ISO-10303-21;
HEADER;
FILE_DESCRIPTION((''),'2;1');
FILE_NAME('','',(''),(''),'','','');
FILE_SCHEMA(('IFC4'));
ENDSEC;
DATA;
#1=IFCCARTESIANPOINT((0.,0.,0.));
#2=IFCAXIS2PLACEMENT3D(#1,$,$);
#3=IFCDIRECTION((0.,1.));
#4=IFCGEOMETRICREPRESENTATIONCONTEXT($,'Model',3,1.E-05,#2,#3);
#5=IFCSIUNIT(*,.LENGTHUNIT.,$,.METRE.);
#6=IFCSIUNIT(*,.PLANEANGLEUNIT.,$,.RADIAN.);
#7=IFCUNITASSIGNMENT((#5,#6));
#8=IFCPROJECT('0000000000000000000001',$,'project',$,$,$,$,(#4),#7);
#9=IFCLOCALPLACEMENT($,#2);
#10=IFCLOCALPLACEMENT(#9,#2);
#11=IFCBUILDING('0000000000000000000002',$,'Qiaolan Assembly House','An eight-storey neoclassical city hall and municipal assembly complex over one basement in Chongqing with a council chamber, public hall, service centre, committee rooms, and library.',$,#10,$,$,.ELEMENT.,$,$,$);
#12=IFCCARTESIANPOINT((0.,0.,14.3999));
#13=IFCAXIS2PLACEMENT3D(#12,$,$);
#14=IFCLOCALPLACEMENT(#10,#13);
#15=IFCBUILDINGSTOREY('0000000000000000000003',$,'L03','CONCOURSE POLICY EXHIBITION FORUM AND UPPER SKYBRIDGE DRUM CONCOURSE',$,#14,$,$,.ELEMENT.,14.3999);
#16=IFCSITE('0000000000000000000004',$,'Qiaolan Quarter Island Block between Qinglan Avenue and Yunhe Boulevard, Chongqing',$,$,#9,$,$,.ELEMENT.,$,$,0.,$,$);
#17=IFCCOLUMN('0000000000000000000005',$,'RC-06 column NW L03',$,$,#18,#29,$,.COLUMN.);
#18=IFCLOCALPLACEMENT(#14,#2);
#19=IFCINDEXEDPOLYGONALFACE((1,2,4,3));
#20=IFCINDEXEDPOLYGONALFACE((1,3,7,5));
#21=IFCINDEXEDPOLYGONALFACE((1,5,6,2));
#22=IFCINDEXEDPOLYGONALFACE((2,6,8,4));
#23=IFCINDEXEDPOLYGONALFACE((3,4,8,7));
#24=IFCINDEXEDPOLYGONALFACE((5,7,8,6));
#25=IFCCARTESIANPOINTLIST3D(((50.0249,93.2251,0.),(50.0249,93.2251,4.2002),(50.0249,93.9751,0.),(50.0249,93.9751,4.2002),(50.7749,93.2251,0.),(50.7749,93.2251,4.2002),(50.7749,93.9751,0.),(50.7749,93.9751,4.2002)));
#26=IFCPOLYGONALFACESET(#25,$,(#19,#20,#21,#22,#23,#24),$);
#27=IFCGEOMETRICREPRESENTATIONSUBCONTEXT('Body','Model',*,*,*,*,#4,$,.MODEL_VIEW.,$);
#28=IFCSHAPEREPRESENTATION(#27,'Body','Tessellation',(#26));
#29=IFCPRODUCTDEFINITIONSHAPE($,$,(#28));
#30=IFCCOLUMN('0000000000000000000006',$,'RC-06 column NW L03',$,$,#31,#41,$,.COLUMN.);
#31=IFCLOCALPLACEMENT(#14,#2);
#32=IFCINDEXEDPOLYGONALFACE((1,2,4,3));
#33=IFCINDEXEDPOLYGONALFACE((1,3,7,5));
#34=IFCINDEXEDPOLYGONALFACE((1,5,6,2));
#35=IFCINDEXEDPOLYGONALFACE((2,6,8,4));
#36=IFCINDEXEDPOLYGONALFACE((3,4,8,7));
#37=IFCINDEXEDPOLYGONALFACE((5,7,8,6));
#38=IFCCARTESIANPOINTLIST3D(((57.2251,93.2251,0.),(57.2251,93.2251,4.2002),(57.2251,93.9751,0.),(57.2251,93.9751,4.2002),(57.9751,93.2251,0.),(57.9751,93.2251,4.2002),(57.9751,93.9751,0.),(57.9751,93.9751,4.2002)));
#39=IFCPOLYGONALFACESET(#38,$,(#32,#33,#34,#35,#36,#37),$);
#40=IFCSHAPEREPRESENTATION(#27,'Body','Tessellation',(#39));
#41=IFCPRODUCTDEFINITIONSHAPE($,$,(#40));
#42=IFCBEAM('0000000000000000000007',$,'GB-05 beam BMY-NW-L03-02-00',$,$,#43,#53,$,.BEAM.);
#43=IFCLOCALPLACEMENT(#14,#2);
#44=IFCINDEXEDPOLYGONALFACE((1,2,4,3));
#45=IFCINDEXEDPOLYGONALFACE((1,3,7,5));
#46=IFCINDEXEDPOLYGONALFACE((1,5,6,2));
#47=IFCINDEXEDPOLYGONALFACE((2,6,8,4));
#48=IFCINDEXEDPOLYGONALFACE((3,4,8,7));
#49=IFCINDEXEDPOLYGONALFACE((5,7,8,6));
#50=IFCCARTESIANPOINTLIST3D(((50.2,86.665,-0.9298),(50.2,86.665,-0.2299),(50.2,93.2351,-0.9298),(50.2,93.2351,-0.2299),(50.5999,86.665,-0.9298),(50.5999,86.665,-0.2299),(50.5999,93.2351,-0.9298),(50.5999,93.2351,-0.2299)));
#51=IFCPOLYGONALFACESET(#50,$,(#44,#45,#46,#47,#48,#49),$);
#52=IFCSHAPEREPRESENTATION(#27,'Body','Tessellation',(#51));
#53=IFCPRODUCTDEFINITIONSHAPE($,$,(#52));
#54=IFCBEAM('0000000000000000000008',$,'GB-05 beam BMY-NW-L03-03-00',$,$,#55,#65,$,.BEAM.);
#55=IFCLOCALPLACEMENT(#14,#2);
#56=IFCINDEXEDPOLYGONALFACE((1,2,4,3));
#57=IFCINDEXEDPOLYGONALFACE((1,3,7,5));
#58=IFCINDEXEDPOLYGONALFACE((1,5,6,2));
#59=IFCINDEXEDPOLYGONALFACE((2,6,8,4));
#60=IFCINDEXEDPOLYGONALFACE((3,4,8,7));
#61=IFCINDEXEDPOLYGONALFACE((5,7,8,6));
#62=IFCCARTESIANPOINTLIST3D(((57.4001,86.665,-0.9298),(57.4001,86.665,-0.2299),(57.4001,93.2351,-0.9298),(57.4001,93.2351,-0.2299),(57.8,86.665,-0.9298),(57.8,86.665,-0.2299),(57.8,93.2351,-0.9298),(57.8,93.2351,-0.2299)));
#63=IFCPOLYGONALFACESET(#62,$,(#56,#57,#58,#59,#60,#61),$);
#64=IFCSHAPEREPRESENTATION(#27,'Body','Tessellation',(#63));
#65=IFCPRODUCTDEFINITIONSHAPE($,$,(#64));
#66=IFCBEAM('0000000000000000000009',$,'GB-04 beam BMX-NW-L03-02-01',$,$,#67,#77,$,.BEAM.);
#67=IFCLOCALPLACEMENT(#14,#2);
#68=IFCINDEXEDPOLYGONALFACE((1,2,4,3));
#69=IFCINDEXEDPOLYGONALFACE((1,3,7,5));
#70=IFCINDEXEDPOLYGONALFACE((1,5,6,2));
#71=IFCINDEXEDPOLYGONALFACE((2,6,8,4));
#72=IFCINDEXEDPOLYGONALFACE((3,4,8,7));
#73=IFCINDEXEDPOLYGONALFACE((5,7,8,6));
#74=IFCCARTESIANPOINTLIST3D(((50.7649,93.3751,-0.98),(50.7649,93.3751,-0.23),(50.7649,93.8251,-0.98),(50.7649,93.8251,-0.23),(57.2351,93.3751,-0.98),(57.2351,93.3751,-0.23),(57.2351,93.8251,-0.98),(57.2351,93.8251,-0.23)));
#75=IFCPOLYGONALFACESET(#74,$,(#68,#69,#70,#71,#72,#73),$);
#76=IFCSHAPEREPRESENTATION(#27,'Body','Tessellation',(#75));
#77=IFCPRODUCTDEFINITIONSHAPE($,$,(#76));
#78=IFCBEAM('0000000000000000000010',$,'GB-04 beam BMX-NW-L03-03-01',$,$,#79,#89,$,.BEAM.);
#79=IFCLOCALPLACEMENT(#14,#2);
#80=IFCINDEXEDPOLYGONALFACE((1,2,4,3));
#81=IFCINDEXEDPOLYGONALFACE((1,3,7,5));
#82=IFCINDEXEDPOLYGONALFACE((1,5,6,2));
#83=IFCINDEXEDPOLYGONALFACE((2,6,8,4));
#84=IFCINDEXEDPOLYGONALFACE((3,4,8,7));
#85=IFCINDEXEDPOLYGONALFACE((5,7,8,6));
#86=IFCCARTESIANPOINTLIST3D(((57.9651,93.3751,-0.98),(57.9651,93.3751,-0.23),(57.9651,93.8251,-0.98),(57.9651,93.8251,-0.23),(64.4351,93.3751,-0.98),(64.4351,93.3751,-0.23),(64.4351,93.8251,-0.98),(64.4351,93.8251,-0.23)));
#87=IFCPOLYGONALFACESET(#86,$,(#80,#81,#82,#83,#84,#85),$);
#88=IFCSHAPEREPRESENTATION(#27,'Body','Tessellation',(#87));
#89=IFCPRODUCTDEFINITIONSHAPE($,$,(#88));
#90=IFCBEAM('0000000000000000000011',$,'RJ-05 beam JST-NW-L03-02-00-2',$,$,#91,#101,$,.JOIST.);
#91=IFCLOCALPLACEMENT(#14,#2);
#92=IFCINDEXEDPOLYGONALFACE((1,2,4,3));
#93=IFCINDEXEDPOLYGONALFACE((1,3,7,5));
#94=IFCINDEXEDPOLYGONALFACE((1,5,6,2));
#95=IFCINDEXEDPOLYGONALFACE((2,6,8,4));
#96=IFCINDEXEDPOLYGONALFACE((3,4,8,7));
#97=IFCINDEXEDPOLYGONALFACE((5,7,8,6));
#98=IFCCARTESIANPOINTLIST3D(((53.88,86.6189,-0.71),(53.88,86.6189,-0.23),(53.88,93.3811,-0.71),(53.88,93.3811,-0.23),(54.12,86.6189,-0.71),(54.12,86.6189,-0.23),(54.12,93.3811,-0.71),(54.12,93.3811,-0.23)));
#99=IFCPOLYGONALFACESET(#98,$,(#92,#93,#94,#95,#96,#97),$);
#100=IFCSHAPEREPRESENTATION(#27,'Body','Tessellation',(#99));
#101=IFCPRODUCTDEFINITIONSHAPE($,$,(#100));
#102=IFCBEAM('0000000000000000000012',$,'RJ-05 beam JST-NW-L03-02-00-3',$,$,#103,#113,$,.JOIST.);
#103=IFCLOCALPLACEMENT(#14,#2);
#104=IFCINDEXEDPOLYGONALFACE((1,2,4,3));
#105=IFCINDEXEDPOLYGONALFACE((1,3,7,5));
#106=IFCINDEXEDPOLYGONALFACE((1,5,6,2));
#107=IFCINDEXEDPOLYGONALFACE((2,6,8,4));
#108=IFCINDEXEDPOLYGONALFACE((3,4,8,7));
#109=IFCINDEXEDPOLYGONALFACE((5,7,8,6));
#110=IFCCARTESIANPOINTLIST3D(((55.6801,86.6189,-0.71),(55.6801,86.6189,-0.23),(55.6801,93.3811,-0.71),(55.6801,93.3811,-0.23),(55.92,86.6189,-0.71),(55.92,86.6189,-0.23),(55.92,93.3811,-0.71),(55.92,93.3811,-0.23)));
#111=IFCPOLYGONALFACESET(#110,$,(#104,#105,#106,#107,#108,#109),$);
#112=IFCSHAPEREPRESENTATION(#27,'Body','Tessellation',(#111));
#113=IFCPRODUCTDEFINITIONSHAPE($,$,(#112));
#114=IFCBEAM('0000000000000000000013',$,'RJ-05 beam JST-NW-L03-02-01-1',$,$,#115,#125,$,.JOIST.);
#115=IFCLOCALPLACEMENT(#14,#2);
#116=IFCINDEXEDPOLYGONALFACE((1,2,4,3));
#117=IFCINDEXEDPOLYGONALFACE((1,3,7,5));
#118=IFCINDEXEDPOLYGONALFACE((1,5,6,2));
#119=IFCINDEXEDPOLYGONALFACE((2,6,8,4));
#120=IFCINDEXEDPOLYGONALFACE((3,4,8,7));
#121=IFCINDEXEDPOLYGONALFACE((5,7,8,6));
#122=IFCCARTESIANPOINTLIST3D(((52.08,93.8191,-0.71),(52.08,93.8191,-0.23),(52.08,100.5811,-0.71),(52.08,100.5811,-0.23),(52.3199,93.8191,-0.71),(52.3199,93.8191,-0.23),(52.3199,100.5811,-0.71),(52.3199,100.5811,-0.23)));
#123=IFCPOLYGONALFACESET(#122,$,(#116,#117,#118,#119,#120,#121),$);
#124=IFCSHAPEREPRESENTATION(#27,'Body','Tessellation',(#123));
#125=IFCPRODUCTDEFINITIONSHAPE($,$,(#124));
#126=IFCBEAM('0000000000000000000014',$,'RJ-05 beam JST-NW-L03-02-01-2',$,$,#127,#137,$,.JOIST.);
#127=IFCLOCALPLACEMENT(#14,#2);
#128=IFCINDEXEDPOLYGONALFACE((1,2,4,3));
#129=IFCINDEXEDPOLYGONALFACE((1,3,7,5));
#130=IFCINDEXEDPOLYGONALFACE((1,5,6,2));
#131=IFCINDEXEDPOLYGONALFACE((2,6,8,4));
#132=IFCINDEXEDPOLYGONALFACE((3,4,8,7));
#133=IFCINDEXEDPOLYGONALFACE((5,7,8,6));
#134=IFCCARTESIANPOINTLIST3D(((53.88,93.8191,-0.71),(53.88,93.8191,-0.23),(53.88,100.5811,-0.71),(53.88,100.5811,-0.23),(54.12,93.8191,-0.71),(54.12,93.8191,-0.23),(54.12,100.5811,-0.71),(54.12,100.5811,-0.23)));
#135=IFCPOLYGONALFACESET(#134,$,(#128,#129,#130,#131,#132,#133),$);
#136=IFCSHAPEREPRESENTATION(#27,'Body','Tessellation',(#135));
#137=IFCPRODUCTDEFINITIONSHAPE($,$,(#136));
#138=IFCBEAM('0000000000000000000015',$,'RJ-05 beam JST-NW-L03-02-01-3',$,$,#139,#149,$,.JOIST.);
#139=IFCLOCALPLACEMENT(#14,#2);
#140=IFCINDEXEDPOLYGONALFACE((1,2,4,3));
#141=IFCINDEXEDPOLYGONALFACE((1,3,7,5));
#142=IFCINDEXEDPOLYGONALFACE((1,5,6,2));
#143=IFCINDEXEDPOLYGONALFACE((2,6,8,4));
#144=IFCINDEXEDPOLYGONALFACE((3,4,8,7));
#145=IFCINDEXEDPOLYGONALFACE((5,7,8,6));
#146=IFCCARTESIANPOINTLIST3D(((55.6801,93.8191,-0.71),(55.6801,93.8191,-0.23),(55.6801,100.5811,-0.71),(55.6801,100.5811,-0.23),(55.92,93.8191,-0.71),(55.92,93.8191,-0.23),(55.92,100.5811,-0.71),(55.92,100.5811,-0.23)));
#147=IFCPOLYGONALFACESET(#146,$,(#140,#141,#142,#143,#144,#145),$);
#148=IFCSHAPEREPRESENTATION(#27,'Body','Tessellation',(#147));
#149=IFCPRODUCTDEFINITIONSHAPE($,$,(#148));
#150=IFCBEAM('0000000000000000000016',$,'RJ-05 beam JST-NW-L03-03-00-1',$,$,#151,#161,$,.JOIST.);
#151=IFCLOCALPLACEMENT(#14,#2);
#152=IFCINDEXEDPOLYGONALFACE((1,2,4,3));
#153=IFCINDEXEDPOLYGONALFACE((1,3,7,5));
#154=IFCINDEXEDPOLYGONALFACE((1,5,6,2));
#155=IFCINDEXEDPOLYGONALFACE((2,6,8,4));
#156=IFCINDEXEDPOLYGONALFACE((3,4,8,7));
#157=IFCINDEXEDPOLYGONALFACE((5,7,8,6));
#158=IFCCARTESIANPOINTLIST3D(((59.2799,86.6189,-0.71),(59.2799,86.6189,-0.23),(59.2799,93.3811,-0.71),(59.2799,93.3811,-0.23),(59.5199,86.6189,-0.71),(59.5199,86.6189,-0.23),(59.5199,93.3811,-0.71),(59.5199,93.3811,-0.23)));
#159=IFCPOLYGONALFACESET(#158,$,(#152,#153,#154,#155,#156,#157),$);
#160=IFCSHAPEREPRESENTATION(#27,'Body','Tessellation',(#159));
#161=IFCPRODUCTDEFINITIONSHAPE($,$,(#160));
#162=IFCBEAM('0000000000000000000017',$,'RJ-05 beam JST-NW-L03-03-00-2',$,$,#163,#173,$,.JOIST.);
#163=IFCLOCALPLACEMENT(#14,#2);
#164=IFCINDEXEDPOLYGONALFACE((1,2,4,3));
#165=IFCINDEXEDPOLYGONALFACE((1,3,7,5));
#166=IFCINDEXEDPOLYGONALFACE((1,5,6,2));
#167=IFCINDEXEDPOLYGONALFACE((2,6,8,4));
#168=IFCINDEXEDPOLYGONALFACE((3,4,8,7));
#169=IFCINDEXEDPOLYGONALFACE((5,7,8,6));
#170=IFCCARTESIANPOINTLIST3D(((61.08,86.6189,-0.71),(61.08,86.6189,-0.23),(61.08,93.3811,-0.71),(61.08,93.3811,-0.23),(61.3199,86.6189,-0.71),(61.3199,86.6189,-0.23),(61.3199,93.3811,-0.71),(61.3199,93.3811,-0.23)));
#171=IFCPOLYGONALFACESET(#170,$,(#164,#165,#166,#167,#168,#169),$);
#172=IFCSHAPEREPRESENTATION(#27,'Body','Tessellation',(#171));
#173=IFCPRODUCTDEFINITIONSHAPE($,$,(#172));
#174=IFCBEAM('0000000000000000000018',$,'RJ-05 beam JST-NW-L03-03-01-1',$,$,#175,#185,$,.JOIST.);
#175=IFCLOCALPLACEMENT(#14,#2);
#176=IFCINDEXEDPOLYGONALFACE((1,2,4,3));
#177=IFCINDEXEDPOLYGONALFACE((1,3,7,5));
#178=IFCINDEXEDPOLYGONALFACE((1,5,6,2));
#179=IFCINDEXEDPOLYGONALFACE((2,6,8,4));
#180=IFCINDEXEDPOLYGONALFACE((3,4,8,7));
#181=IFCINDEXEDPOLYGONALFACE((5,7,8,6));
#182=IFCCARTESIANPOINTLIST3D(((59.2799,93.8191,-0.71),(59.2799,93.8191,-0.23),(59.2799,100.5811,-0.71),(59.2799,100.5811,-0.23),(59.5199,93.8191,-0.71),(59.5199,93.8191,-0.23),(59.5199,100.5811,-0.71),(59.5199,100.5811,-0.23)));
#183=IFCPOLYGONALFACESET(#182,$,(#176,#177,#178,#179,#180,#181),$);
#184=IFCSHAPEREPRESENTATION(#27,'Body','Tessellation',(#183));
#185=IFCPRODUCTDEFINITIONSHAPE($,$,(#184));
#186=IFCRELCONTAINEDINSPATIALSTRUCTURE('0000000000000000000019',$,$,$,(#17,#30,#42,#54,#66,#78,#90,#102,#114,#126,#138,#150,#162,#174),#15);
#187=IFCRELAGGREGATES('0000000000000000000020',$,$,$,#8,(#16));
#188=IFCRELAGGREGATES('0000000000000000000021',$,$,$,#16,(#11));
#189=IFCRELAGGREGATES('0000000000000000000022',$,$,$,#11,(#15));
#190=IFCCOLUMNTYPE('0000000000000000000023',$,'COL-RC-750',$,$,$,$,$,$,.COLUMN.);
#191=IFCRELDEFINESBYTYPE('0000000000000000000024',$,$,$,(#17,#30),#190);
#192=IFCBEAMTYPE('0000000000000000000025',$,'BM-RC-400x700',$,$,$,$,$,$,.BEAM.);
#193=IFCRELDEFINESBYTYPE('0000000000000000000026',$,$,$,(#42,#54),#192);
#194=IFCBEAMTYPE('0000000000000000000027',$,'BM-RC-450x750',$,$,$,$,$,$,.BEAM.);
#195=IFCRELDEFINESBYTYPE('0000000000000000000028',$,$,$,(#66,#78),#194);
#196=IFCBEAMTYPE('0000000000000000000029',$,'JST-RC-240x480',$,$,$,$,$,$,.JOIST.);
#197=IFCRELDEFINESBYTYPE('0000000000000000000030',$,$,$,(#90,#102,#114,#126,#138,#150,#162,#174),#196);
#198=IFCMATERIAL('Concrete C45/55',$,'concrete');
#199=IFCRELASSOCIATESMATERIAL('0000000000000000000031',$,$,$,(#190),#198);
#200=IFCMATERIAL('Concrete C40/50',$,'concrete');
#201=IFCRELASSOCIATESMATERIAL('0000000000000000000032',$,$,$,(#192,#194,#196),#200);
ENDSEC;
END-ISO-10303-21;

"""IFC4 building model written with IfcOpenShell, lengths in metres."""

from ifc_helpers import new_model, si_unit, direction, frame, origin, origin_2d, place, context, subcontext, project, spatial, rectangle, extrude, material, material_profile, profile_set, type_object, element, save


model = new_model("IFC4")

# Units and contexts
model_context = context("Model", 3, precision=1e-05, world=origin(), true_north=direction((0.0, 1.0)))
body_context = subcontext(model_context, "Body", "Model", "MODEL_VIEW")
ifc_project = project(units=[si_unit("LENGTHUNIT", "METRE"), si_unit("PLANEANGLEUNIT", "RADIAN")], contexts=[model_context])

# Site, building, storey
site_placement = place(None, origin())
site = spatial("IfcSite", under=ifc_project, at=site_placement, Name="Qiaolan Quarter Island Block between Qinglan Avenue and Yunhe Boulevard, Chongqing", CompositionType="ELEMENT", RefElevation=0.0)
building_placement = place(site_placement, origin())
building = spatial("IfcBuilding", under=site, at=building_placement, Name="Qiaolan Assembly House", Description="An eight-storey neoclassical city hall and municipal assembly complex over one basement in Chongqing with a council chamber, public hall, service centre, committee rooms, and library.", CompositionType="ELEMENT")
storey_placement = place(building_placement, frame((0.0, 0.0, 14.3999)))
storey = spatial("IfcBuildingStorey", under=building, at=storey_placement, Name="L03", Description="CONCOURSE POLICY EXHIBITION FORUM AND UPPER SKYBRIDGE DRUM CONCOURSE", CompositionType="ELEMENT", Elevation=14.3999)

# Columns
ifc_material_1 = material(Name="Concrete C45/55", Category="concrete")
ifc_material_profile_1 = material_profile(ifc_material_1, rectangle(XDim=0.75, YDim=0.75, at=origin_2d()), Name="RC 750x750")
ifc_profile_set_1 = profile_set([ifc_material_profile_1], Name="Concrete C45/55")
column_type = type_object("IfcColumnType", Name="COL-RC-750", PredefinedType="COLUMN", material=ifc_profile_set_1)
for number, where, z_axis, x_axis, name in (
    (1, (50.3999, 93.6001, 0.0), (0.0, 0.0, 1.0), (1.0, 0.0, 0.0), "RC-06 column NW L03"),
    (2, (57.6001, 93.6001, 0.0), (0.0, 0.0, 1.0), (1.0, 0.0, 0.0), "RC-06 column NW L03"),
):
    element("IfcColumn", number, at=place(storey_placement, frame(where, z_axis=z_axis, x_axis=x_axis)), inside=storey, type_object=column_type, Name=name, PredefinedType="COLUMN", context=body_context, shape_type="SweptSolid", body=[
        extrude(rectangle(XDim=0.75, YDim=0.75, at=origin_2d()), origin(), (0.0, 0.0, 1.0), 4.2002),
    ])

# Beams
ifc_material_2 = material(Name="Concrete C40/50", Category="concrete")
ifc_material_profile_2 = material_profile(ifc_material_2, rectangle(XDim=0.3999, YDim=0.7, at=origin_2d()), Name="RCB 400x700")
ifc_profile_set_2 = profile_set([ifc_material_profile_2], Name="Concrete C40/50")
beam_type_1 = type_object("IfcBeamType", Name="BM-RC-400x700", PredefinedType="BEAM", material=ifc_profile_set_2)
for number, where, z_axis, x_axis, name in (
    (3, (50.3999, 86.665, -0.5798), (0.0, 1.0, 0.0), (-1.0, 0.0, 0.0), "GB-05 beam BMY-NW-L03-02-00"),
    (4, (57.6001, 86.665, -0.5798), (0.0, 1.0, 0.0), (-1.0, 0.0, 0.0), "GB-05 beam BMY-NW-L03-03-00"),
):
    element("IfcBeam", number, at=place(storey_placement, frame(where, z_axis=z_axis, x_axis=x_axis)), inside=storey, type_object=beam_type_1, Name=name, PredefinedType="BEAM", context=body_context, shape_type="SweptSolid", body=[
        extrude(rectangle(XDim=0.3999, YDim=0.7, at=origin_2d()), origin(), (0.0, 0.0, 1.0), 6.5701),
    ])
ifc_material_profile_3 = material_profile(ifc_material_2, rectangle(XDim=0.45, YDim=0.75, at=origin_2d()), Name="RCB 450x750")
ifc_profile_set_3 = profile_set([ifc_material_profile_3], Name="Concrete C40/50")
beam_type_2 = type_object("IfcBeamType", Name="BM-RC-450x750", PredefinedType="BEAM", material=ifc_profile_set_3)
beam_1_placement = place(storey_placement, frame((50.7649, 93.6001, -0.605), z_axis=(1.0, 0.0, 0.0), x_axis=(0.0, 1.0, 0.0)))
element("IfcBeam", 5, at=beam_1_placement, inside=storey, type_object=beam_type_2, Name="GB-04 beam BMX-NW-L03-02-01", PredefinedType="BEAM", context=body_context, shape_type="SweptSolid", body=[
    extrude(rectangle(XDim=0.45, YDim=0.75, at=origin_2d()), origin(), (0.0, 0.0, 1.0), 6.4702),
])
beam_2_placement = place(storey_placement, frame((57.9651, 93.6001, -0.605), z_axis=(1.0, 0.0, 0.0), x_axis=(0.0, 1.0, 0.0)))
element("IfcBeam", 6, at=beam_2_placement, inside=storey, type_object=beam_type_2, Name="GB-04 beam BMX-NW-L03-03-01", PredefinedType="BEAM", context=body_context, shape_type="SweptSolid", body=[
    extrude(rectangle(XDim=0.45, YDim=0.75, at=origin_2d()), origin(), (0.0, 0.0, 1.0), 6.47),
])
ifc_material_profile_4 = material_profile(ifc_material_2, rectangle(XDim=0.24, YDim=0.48, at=origin_2d()), Name="RCB 240x480")
ifc_profile_set_4 = profile_set([ifc_material_profile_4], Name="Concrete C40/50")
beam_type_3 = type_object("IfcBeamType", Name="JST-RC-240x480", PredefinedType="JOIST", material=ifc_profile_set_4)
for number, where, z_axis, x_axis, name in (
    (7, (54.0, 86.6189, -0.47), (0.0, 1.0, 0.0), (-1.0, 0.0, 0.0), "RJ-05 beam JST-NW-L03-02-00-2"),
    (8, (55.8, 86.6189, -0.47), (0.0, 1.0, 0.0), (-1.0, 0.0, 0.0), "RJ-05 beam JST-NW-L03-02-00-3"),
):
    element("IfcBeam", number, at=place(storey_placement, frame(where, z_axis=z_axis, x_axis=x_axis)), inside=storey, type_object=beam_type_3, Name=name, PredefinedType="JOIST", context=body_context, shape_type="SweptSolid", body=[
        extrude(rectangle(XDim=0.24, YDim=0.48, at=origin_2d()), origin(), (0.0, 0.0, 1.0), 6.7622),
    ])
for number, where, z_axis, x_axis, name in (
    (9, (52.2, 93.8191, -0.47), (0.0, 1.0, 0.0), (-1.0, 0.0, 0.0), "RJ-05 beam JST-NW-L03-02-01-1"),
    (10, (54.0, 93.8191, -0.47), (0.0, 1.0, 0.0), (-1.0, 0.0, 0.0), "RJ-05 beam JST-NW-L03-02-01-2"),
    (11, (55.8, 93.8191, -0.47), (0.0, 1.0, 0.0), (-1.0, 0.0, 0.0), "RJ-05 beam JST-NW-L03-02-01-3"),
):
    element("IfcBeam", number, at=place(storey_placement, frame(where, z_axis=z_axis, x_axis=x_axis)), inside=storey, type_object=beam_type_3, Name=name, PredefinedType="JOIST", context=body_context, shape_type="SweptSolid", body=[
        extrude(rectangle(XDim=0.24, YDim=0.48, at=origin_2d()), origin(), (0.0, 0.0, 1.0), 6.762),
    ])
for number, where, z_axis, x_axis, name in (
    (12, (59.3999, 86.6189, -0.47), (0.0, 1.0, 0.0), (-1.0, 0.0, 0.0), "RJ-05 beam JST-NW-L03-03-00-1"),
    (13, (61.2, 86.6189, -0.47), (0.0, 1.0, 0.0), (-1.0, 0.0, 0.0), "RJ-05 beam JST-NW-L03-03-00-2"),
):
    element("IfcBeam", number, at=place(storey_placement, frame(where, z_axis=z_axis, x_axis=x_axis)), inside=storey, type_object=beam_type_3, Name=name, PredefinedType="JOIST", context=body_context, shape_type="SweptSolid", body=[
        extrude(rectangle(XDim=0.24, YDim=0.48, at=origin_2d()), origin(), (0.0, 0.0, 1.0), 6.7622),
    ])
beam_3_placement = place(storey_placement, frame((59.3999, 93.8191, -0.47), z_axis=(0.0, 1.0, 0.0), x_axis=(-1.0, 0.0, 0.0)))
element("IfcBeam", 14, at=beam_3_placement, inside=storey, type_object=beam_type_3, Name="RJ-05 beam JST-NW-L03-03-01-1", PredefinedType="JOIST", context=body_context, shape_type="SweptSolid", body=[
    extrude(rectangle(XDim=0.24, YDim=0.48, at=origin_2d()), origin(), (0.0, 0.0, 1.0), 6.762),
])

save(model, "model.ifc")
